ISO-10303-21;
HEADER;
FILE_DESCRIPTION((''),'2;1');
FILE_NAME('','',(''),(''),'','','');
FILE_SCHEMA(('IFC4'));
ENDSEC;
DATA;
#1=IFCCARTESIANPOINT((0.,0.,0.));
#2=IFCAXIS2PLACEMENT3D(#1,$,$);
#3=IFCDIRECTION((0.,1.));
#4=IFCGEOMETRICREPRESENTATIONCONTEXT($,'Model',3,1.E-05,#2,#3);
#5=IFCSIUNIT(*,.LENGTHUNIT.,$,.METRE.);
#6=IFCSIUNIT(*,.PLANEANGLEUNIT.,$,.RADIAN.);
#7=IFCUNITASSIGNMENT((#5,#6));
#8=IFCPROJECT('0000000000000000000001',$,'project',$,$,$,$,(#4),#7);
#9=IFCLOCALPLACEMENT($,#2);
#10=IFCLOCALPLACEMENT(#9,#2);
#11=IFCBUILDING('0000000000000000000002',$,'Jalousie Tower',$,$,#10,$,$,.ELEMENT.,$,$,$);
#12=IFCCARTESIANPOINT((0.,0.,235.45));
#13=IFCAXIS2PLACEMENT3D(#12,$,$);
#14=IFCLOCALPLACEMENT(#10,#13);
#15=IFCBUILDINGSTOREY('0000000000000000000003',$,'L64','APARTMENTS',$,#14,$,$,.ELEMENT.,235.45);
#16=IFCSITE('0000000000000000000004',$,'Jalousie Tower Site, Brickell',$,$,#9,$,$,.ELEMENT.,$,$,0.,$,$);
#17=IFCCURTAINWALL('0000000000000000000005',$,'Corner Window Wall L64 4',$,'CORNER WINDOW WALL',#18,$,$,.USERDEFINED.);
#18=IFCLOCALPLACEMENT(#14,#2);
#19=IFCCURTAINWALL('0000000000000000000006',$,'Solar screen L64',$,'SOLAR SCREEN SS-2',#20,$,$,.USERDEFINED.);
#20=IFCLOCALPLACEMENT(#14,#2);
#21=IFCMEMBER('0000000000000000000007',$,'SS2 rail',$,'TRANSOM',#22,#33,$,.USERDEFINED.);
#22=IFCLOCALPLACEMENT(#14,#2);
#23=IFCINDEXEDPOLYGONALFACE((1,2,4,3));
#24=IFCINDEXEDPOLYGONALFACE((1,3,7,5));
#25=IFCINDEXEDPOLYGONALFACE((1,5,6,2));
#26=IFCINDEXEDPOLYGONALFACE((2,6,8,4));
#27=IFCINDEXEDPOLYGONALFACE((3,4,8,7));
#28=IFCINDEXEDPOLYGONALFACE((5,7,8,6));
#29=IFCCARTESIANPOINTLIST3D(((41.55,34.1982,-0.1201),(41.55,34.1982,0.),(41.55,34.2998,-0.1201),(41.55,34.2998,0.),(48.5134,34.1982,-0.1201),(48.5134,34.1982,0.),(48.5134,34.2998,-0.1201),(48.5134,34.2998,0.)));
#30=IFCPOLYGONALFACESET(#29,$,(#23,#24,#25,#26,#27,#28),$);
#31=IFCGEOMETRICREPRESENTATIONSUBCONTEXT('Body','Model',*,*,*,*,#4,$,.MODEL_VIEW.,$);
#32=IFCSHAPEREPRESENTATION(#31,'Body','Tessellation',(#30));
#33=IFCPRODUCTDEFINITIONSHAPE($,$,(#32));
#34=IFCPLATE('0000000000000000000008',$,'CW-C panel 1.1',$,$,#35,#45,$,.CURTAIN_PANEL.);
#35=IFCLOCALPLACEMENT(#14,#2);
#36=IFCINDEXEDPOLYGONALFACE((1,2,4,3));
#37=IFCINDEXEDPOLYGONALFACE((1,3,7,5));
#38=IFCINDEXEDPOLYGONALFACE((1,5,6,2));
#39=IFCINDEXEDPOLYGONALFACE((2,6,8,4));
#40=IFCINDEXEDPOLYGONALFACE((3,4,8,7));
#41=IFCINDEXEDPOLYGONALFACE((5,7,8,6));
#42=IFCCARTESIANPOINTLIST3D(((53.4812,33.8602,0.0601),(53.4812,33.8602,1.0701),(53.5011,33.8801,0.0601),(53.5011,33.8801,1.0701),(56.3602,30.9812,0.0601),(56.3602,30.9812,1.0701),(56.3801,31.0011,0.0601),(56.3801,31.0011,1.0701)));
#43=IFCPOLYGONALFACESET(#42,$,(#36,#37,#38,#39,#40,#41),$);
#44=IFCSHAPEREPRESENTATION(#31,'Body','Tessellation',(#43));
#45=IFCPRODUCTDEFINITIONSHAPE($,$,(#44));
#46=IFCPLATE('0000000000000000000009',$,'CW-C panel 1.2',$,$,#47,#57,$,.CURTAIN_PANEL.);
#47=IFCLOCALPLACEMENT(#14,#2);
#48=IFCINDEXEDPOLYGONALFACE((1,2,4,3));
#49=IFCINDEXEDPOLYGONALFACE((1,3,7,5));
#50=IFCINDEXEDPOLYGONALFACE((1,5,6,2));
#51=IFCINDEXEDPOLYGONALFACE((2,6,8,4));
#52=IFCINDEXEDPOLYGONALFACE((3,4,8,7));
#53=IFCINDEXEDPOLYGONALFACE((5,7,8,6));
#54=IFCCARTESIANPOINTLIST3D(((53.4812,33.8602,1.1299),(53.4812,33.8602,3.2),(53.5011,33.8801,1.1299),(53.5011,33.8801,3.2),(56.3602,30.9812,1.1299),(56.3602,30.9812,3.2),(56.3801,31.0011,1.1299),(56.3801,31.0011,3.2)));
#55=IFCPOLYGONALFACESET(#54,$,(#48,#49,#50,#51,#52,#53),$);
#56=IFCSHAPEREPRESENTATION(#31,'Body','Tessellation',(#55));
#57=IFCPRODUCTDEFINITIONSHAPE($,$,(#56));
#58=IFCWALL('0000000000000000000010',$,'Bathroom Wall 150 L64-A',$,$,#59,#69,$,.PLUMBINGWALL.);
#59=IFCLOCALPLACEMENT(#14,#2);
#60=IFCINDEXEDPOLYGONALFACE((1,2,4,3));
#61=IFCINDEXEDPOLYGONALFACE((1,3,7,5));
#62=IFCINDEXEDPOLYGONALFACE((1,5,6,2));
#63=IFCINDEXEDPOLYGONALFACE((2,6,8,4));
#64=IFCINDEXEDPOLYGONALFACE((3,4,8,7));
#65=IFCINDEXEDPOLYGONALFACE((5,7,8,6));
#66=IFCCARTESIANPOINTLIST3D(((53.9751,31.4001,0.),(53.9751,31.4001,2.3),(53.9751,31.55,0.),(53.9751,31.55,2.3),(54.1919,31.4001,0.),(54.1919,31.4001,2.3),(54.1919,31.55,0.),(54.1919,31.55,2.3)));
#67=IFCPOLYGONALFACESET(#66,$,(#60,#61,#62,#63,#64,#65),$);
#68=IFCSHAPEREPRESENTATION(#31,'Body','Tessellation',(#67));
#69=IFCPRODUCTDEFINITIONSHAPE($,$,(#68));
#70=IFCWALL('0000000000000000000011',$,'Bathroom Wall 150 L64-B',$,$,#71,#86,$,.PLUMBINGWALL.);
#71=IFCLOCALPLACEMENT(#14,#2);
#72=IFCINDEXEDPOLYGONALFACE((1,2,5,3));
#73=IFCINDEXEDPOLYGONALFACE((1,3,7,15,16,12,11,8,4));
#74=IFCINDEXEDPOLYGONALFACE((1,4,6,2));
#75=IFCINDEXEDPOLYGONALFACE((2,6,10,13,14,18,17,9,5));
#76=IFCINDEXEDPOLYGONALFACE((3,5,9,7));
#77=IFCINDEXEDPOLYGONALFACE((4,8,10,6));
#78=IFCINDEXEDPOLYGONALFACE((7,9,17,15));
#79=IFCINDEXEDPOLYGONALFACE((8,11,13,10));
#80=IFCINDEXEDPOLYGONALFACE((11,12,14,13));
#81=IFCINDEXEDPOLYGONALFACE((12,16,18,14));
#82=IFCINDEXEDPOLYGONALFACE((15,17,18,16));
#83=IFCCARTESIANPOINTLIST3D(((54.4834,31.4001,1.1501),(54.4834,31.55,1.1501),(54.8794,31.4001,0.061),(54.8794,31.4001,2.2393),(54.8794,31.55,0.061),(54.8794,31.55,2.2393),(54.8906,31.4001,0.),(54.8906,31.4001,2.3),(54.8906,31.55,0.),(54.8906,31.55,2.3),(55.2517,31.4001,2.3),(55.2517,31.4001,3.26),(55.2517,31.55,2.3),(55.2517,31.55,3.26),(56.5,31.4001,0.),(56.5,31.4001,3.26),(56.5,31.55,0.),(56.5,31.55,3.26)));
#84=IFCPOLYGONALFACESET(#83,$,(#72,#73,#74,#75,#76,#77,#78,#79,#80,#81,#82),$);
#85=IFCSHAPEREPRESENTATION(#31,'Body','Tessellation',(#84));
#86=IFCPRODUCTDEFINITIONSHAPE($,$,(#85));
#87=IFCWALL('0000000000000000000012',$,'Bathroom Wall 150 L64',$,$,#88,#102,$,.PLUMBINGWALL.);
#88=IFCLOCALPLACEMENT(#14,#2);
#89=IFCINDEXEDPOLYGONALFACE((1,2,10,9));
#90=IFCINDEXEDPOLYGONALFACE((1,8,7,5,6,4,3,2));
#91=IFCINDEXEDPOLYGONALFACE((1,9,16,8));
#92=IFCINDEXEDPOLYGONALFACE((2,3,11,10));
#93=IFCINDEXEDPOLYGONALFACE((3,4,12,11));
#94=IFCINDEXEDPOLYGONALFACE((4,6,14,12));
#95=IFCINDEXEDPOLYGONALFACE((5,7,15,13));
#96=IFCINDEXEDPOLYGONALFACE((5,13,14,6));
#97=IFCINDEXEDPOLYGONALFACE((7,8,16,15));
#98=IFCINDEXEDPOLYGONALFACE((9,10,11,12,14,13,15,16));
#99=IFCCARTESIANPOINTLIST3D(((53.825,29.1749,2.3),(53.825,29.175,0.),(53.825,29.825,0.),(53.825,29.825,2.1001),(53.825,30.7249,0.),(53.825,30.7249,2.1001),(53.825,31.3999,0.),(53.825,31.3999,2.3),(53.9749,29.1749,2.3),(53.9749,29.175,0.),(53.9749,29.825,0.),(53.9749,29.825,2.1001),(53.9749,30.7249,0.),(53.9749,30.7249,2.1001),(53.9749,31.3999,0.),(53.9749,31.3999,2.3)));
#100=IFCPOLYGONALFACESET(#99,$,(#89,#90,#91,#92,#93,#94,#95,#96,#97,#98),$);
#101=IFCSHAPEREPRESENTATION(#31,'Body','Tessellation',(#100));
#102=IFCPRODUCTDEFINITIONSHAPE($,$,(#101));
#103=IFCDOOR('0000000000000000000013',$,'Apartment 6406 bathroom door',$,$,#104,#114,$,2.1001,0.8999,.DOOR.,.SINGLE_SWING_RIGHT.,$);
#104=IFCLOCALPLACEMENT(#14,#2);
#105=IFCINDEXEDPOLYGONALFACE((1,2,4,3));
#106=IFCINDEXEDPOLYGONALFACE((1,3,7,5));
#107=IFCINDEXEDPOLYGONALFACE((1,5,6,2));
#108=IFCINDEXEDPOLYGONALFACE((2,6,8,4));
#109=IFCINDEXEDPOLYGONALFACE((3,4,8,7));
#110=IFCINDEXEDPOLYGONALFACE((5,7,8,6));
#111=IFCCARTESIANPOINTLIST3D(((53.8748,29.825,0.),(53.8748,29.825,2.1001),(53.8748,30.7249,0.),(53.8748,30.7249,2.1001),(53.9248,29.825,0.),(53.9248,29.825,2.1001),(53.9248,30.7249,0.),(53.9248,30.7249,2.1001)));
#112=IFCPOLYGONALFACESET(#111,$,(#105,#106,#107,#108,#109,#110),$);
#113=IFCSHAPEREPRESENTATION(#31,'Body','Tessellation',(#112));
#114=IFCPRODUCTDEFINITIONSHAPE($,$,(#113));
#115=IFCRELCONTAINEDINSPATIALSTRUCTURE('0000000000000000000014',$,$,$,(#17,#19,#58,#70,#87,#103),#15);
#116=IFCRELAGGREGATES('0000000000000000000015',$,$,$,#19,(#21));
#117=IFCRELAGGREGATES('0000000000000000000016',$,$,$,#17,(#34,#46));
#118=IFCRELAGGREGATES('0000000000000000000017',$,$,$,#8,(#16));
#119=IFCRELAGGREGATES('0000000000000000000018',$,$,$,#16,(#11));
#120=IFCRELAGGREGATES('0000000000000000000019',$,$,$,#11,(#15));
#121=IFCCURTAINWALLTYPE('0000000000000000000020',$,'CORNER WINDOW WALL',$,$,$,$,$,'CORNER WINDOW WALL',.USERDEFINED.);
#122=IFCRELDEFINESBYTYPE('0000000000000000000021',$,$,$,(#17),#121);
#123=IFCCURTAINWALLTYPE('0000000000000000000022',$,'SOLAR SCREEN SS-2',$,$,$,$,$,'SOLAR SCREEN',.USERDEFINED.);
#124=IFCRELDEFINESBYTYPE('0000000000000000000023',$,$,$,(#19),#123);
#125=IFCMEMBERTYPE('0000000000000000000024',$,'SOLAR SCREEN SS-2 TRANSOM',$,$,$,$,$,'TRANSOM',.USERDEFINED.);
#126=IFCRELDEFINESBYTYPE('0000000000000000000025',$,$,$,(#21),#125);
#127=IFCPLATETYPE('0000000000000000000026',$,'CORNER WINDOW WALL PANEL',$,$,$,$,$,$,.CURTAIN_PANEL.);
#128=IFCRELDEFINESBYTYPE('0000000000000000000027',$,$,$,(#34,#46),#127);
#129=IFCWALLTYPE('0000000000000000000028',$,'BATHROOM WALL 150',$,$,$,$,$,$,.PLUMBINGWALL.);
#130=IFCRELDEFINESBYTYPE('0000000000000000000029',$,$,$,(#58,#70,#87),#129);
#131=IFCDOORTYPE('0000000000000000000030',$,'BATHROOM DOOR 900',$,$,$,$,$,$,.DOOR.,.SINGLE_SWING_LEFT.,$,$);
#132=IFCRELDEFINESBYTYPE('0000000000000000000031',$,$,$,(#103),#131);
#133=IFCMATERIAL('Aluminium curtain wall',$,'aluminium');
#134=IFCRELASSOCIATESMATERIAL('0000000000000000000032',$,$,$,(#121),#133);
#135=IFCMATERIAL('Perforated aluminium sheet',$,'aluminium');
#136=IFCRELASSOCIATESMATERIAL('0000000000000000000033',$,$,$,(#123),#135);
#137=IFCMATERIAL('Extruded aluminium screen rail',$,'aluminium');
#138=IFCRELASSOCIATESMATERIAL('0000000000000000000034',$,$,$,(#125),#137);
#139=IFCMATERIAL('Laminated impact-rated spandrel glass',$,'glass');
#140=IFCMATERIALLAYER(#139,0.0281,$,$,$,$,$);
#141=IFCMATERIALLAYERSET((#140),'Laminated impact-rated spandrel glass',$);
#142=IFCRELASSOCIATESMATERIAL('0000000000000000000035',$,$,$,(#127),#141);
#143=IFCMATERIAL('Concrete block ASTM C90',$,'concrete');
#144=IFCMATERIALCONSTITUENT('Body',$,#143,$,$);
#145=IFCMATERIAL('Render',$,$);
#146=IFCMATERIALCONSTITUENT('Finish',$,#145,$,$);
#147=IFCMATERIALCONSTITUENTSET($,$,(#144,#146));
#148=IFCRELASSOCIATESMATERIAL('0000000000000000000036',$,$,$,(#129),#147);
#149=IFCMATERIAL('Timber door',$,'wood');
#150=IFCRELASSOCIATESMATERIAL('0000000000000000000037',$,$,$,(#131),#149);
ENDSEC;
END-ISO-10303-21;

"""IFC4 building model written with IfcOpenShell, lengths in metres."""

from ifc_helpers import new_model, si_unit, direction, frame, frame_2d, origin, origin_2d, place, context, subcontext, project, spatial, polyline, rectangle, outline, extrude, material, layer, layer_set, constituent, constituent_set, material_profile, profile_set, type_object, element, fill, aggregate, save


model = new_model("IFC4")

# Units and contexts
model_context = context("Model", 3, precision=1e-05, world=origin(), true_north=direction((0.0, 1.0)))
body_context = subcontext(model_context, "Body", "Model", "MODEL_VIEW")
ifc_project = project(units=[si_unit("LENGTHUNIT", "METRE"), si_unit("PLANEANGLEUNIT", "RADIAN")], contexts=[model_context])

# Site, building, storey
site_placement = place(None, origin())
site = spatial("IfcSite", under=ifc_project, at=site_placement, Name="Jalousie Tower Site, Brickell", CompositionType="ELEMENT", RefElevation=0.0)
building_placement = place(site_placement, origin())
building = spatial("IfcBuilding", under=site, at=building_placement, Name="Jalousie Tower", CompositionType="ELEMENT")
storey_placement = place(building_placement, frame((0.0, 0.0, 235.45)))
storey = spatial("IfcBuildingStorey", under=building, at=storey_placement, Name="L64", Description="APARTMENTS", CompositionType="ELEMENT", Elevation=235.45)

# Curtain wall
ifc_material_1 = material(Name="Aluminium curtain wall", Category="aluminium")
curtain_wall_type_1 = type_object("IfcCurtainWallType", Name="CORNER WINDOW WALL", ElementType="CORNER WINDOW WALL", PredefinedType="USERDEFINED", material=ifc_material_1)
curtain_wall_1_placement = place(storey_placement, origin())
curtain_wall_1 = element("IfcCurtainWall", 1, at=curtain_wall_1_placement, inside=storey, type_object=curtain_wall_type_1, Name="Corner Window Wall L64 4", ObjectType="CORNER WINDOW WALL", PredefinedType="USERDEFINED")

# Curtain wall, member
ifc_material_2 = material(Name="Perforated aluminium sheet", Category="aluminium")
curtain_wall_type_2 = type_object("IfcCurtainWallType", Name="SOLAR SCREEN SS-2", ElementType="SOLAR SCREEN", PredefinedType="USERDEFINED", material=ifc_material_2)
curtain_wall_2_placement = place(storey_placement, origin())
curtain_wall_2 = element("IfcCurtainWall", 2, at=curtain_wall_2_placement, inside=storey, type_object=curtain_wall_type_2, Name="Solar screen L64", ObjectType="SOLAR SCREEN SS-2", PredefinedType="USERDEFINED")
ifc_material_3 = material(Name="Extruded aluminium screen rail", Category="aluminium")
ifc_material_profile_1 = material_profile(ifc_material_3, rectangle(XDim=0.1016, YDim=0.1201, at=origin_2d()), Name="RAIL 102x120")
ifc_profile_set_1 = profile_set([ifc_material_profile_1], Name="Extruded aluminium screen rail")
member_type_1 = type_object("IfcMemberType", Name="SOLAR SCREEN SS-2 TRANSOM", ElementType="TRANSOM", PredefinedType="USERDEFINED", material=ifc_profile_set_1)
member_1_placement = place(storey_placement, frame((48.5134, 34.249, -0.0601), z_axis=(-1.0, 0.0, 0.0), x_axis=(0.0, -1.0, 0.0)))
member_1 = element("IfcMember", 3, at=member_1_placement, type_object=member_type_1, Name="SS2 rail", ObjectType="TRANSOM", PredefinedType="USERDEFINED", context=body_context, shape_type="SweptSolid", body=[
    extrude(rectangle(XDim=0.1016, YDim=0.1201, at=origin_2d()), origin(), (0.0, 0.0, 1.0), 6.9634),
])
aggregate(curtain_wall_2, [member_1])

# Plates
ifc_material_4 = material(Name="Laminated impact-rated spandrel glass", Category="glass")
ifc_layer_1 = layer(ifc_material_4, 0.0281)
ifc_layer_set_1 = layer_set([ifc_layer_1], Name="Laminated impact-rated spandrel glass")
plate_type = type_object("IfcPlateType", Name="CORNER WINDOW WALL PANEL", PredefinedType="CURTAIN_PANEL", material=ifc_layer_set_1)
plate_1_placement = place(storey_placement, frame((54.9307, 32.4307, 0.0601), z_axis=(0.0, 0.0, 1.0), x_axis=(-0.707107, 0.707107, 0.0)))
plate_1 = element("IfcPlate", 4, at=plate_1_placement, type_object=plate_type, Name="CW-C panel 1.1", PredefinedType="CURTAIN_PANEL", context=body_context, shape_type="SweptSolid", body=[
    extrude(rectangle(XDim=4.0715, YDim=0.0281, at=origin_2d()), origin(), (0.0, 0.0, 1.0), 1.01),
])
plate_2_placement = place(storey_placement, frame((54.9307, 32.4307, 1.1299), z_axis=(0.0, 0.0, 1.0), x_axis=(-0.707107, 0.707107, 0.0)))
plate_2 = element("IfcPlate", 5, at=plate_2_placement, type_object=plate_type, Name="CW-C panel 1.2", PredefinedType="CURTAIN_PANEL", context=body_context, shape_type="SweptSolid", body=[
    extrude(rectangle(XDim=4.0715, YDim=0.0281, at=origin_2d()), origin(), (0.0, 0.0, 1.0), 2.0701),
])
aggregate(curtain_wall_1, [plate_1, plate_2])

# Walls
ifc_material_5 = material(Name="Concrete block ASTM C90", Category="concrete")
ifc_constituent_1 = constituent(ifc_material_5, Name="Body")
ifc_material_6 = material(Name="Render")
ifc_constituent_2 = constituent(ifc_material_6, Name="Finish")
ifc_constituent_set_1 = constituent_set(constituents=[ifc_constituent_1, ifc_constituent_2])
wall_type_1 = type_object("IfcWallType", Name="BATHROOM WALL 150", PredefinedType="PLUMBINGWALL", material=ifc_constituent_set_1)
wall_1_placement = place(storey_placement, frame((53.9751, 31.4751, 0.0), z_axis=(0.0, 0.0, 1.0), x_axis=(1.0, 0.0, 0.0)))
element("IfcWall", 6, at=wall_1_placement, inside=storey, type_object=wall_type_1, Name="Bathroom Wall 150 L64-A", PredefinedType="PLUMBINGWALL", context=body_context, shape_type="SweptSolid", body=[
    extrude(rectangle(XDim=0.2168, YDim=0.1499, at=frame_2d((0.1084, 0.0))), origin(), (0.0, 0.0, 1.0), 2.3),
])
wall_2_placement = place(storey_placement, frame((54.4834, 31.4751, 0.0), z_axis=(0.0, 0.0, 1.0), x_axis=(1.0, 0.0, 0.0)))
element("IfcWall", 7, at=wall_2_placement, inside=storey, type_object=wall_type_1, Name="Bathroom Wall 150 L64-B", PredefinedType="PLUMBINGWALL", context=body_context, shape_type="SweptSolid", body=[
    extrude(outline(polyline([(0.7683, 3.26), (0.7683, 2.3), (0.4072, 2.3), (0.396, 2.2393), (0.0, 1.1501), (0.396, 0.061), (0.4072, 0.0), (2.0166, 0.0), (2.0166, 3.26), (0.7683, 3.26)])), frame((0.0, 0.075, 0.0), z_axis=(0.0, -1.0, 0.0), x_axis=(1.0, 0.0, 0.0)), (0.0, 0.0, 1.0), 0.1499),
])

# Wall, opening, door
wall_3_placement = place(storey_placement, frame((53.8999, 31.3999, 0.0), z_axis=(0.0, 0.0, 1.0), x_axis=(0.0, -1.0, 0.0)))
wall_3 = element("IfcWall", 8, at=wall_3_placement, inside=storey, type_object=wall_type_1, Name="Bathroom Wall 150 L64", PredefinedType="PLUMBINGWALL", context=body_context, shape_type="SweptSolid", body=[
    extrude(outline(polyline([(0.0, 0.0), (2.2249, 0.0), (2.2251, 3.26), (2.2251, 2.3), (0.438, 2.3), (0.0, 2.3), (0.0, 3.26), (0.0, 0.0)])), frame((0.0, 0.075, 0.0), z_axis=(0.0, -1.0, 0.0), x_axis=(1.0, 0.0, 0.0)), (0.0, 0.0, 1.0), 0.1499),
])
opening_1_placement = place(wall_3_placement, frame((0.675, 0.0, 0.0)))
opening_1 = element("IfcOpeningElement", 9, at=opening_1_placement, cuts=wall_3, PredefinedType="OPENING", context=body_context, shape_type="SweptSolid", body=[
    extrude(rectangle(XDim=0.8999, YDim=2.1001, at=frame_2d((0.45, 1.05))), frame((0.0, 0.085, 0.0), z_axis=(0.0, -1.0, 0.0), x_axis=(1.0, 0.0, 0.0)), (0.0, 0.0, 1.0), 0.1699),
])
ifc_material_7 = material(Name="Timber door", Category="wood")
door_type_1 = type_object("IfcDoorType", Name="BATHROOM DOOR 900", OperationType="SINGLE_SWING_LEFT", PredefinedType="DOOR", material=ifc_material_7)
door_1_placement = place(opening_1_placement, origin())
door_1 = element("IfcDoor", 10, at=door_1_placement, inside=storey, type_object=door_type_1, Name="Apartment 6406 bathroom door", OperationType="SINGLE_SWING_RIGHT", OverallHeight=2.1001, OverallWidth=0.8999, PredefinedType="DOOR", context=body_context, shape_type="SweptSolid", body=[
    extrude(rectangle(XDim=0.8999, YDim=2.1001, at=frame_2d((0.45, 1.05))), frame((0.0, 0.0249, 0.0), z_axis=(0.0, -1.0, 0.0), x_axis=(1.0, 0.0, 0.0)), (0.0, 0.0, 1.0), 0.05),
])
fill(opening_1, door_1)

save(model, "model.ifc")
